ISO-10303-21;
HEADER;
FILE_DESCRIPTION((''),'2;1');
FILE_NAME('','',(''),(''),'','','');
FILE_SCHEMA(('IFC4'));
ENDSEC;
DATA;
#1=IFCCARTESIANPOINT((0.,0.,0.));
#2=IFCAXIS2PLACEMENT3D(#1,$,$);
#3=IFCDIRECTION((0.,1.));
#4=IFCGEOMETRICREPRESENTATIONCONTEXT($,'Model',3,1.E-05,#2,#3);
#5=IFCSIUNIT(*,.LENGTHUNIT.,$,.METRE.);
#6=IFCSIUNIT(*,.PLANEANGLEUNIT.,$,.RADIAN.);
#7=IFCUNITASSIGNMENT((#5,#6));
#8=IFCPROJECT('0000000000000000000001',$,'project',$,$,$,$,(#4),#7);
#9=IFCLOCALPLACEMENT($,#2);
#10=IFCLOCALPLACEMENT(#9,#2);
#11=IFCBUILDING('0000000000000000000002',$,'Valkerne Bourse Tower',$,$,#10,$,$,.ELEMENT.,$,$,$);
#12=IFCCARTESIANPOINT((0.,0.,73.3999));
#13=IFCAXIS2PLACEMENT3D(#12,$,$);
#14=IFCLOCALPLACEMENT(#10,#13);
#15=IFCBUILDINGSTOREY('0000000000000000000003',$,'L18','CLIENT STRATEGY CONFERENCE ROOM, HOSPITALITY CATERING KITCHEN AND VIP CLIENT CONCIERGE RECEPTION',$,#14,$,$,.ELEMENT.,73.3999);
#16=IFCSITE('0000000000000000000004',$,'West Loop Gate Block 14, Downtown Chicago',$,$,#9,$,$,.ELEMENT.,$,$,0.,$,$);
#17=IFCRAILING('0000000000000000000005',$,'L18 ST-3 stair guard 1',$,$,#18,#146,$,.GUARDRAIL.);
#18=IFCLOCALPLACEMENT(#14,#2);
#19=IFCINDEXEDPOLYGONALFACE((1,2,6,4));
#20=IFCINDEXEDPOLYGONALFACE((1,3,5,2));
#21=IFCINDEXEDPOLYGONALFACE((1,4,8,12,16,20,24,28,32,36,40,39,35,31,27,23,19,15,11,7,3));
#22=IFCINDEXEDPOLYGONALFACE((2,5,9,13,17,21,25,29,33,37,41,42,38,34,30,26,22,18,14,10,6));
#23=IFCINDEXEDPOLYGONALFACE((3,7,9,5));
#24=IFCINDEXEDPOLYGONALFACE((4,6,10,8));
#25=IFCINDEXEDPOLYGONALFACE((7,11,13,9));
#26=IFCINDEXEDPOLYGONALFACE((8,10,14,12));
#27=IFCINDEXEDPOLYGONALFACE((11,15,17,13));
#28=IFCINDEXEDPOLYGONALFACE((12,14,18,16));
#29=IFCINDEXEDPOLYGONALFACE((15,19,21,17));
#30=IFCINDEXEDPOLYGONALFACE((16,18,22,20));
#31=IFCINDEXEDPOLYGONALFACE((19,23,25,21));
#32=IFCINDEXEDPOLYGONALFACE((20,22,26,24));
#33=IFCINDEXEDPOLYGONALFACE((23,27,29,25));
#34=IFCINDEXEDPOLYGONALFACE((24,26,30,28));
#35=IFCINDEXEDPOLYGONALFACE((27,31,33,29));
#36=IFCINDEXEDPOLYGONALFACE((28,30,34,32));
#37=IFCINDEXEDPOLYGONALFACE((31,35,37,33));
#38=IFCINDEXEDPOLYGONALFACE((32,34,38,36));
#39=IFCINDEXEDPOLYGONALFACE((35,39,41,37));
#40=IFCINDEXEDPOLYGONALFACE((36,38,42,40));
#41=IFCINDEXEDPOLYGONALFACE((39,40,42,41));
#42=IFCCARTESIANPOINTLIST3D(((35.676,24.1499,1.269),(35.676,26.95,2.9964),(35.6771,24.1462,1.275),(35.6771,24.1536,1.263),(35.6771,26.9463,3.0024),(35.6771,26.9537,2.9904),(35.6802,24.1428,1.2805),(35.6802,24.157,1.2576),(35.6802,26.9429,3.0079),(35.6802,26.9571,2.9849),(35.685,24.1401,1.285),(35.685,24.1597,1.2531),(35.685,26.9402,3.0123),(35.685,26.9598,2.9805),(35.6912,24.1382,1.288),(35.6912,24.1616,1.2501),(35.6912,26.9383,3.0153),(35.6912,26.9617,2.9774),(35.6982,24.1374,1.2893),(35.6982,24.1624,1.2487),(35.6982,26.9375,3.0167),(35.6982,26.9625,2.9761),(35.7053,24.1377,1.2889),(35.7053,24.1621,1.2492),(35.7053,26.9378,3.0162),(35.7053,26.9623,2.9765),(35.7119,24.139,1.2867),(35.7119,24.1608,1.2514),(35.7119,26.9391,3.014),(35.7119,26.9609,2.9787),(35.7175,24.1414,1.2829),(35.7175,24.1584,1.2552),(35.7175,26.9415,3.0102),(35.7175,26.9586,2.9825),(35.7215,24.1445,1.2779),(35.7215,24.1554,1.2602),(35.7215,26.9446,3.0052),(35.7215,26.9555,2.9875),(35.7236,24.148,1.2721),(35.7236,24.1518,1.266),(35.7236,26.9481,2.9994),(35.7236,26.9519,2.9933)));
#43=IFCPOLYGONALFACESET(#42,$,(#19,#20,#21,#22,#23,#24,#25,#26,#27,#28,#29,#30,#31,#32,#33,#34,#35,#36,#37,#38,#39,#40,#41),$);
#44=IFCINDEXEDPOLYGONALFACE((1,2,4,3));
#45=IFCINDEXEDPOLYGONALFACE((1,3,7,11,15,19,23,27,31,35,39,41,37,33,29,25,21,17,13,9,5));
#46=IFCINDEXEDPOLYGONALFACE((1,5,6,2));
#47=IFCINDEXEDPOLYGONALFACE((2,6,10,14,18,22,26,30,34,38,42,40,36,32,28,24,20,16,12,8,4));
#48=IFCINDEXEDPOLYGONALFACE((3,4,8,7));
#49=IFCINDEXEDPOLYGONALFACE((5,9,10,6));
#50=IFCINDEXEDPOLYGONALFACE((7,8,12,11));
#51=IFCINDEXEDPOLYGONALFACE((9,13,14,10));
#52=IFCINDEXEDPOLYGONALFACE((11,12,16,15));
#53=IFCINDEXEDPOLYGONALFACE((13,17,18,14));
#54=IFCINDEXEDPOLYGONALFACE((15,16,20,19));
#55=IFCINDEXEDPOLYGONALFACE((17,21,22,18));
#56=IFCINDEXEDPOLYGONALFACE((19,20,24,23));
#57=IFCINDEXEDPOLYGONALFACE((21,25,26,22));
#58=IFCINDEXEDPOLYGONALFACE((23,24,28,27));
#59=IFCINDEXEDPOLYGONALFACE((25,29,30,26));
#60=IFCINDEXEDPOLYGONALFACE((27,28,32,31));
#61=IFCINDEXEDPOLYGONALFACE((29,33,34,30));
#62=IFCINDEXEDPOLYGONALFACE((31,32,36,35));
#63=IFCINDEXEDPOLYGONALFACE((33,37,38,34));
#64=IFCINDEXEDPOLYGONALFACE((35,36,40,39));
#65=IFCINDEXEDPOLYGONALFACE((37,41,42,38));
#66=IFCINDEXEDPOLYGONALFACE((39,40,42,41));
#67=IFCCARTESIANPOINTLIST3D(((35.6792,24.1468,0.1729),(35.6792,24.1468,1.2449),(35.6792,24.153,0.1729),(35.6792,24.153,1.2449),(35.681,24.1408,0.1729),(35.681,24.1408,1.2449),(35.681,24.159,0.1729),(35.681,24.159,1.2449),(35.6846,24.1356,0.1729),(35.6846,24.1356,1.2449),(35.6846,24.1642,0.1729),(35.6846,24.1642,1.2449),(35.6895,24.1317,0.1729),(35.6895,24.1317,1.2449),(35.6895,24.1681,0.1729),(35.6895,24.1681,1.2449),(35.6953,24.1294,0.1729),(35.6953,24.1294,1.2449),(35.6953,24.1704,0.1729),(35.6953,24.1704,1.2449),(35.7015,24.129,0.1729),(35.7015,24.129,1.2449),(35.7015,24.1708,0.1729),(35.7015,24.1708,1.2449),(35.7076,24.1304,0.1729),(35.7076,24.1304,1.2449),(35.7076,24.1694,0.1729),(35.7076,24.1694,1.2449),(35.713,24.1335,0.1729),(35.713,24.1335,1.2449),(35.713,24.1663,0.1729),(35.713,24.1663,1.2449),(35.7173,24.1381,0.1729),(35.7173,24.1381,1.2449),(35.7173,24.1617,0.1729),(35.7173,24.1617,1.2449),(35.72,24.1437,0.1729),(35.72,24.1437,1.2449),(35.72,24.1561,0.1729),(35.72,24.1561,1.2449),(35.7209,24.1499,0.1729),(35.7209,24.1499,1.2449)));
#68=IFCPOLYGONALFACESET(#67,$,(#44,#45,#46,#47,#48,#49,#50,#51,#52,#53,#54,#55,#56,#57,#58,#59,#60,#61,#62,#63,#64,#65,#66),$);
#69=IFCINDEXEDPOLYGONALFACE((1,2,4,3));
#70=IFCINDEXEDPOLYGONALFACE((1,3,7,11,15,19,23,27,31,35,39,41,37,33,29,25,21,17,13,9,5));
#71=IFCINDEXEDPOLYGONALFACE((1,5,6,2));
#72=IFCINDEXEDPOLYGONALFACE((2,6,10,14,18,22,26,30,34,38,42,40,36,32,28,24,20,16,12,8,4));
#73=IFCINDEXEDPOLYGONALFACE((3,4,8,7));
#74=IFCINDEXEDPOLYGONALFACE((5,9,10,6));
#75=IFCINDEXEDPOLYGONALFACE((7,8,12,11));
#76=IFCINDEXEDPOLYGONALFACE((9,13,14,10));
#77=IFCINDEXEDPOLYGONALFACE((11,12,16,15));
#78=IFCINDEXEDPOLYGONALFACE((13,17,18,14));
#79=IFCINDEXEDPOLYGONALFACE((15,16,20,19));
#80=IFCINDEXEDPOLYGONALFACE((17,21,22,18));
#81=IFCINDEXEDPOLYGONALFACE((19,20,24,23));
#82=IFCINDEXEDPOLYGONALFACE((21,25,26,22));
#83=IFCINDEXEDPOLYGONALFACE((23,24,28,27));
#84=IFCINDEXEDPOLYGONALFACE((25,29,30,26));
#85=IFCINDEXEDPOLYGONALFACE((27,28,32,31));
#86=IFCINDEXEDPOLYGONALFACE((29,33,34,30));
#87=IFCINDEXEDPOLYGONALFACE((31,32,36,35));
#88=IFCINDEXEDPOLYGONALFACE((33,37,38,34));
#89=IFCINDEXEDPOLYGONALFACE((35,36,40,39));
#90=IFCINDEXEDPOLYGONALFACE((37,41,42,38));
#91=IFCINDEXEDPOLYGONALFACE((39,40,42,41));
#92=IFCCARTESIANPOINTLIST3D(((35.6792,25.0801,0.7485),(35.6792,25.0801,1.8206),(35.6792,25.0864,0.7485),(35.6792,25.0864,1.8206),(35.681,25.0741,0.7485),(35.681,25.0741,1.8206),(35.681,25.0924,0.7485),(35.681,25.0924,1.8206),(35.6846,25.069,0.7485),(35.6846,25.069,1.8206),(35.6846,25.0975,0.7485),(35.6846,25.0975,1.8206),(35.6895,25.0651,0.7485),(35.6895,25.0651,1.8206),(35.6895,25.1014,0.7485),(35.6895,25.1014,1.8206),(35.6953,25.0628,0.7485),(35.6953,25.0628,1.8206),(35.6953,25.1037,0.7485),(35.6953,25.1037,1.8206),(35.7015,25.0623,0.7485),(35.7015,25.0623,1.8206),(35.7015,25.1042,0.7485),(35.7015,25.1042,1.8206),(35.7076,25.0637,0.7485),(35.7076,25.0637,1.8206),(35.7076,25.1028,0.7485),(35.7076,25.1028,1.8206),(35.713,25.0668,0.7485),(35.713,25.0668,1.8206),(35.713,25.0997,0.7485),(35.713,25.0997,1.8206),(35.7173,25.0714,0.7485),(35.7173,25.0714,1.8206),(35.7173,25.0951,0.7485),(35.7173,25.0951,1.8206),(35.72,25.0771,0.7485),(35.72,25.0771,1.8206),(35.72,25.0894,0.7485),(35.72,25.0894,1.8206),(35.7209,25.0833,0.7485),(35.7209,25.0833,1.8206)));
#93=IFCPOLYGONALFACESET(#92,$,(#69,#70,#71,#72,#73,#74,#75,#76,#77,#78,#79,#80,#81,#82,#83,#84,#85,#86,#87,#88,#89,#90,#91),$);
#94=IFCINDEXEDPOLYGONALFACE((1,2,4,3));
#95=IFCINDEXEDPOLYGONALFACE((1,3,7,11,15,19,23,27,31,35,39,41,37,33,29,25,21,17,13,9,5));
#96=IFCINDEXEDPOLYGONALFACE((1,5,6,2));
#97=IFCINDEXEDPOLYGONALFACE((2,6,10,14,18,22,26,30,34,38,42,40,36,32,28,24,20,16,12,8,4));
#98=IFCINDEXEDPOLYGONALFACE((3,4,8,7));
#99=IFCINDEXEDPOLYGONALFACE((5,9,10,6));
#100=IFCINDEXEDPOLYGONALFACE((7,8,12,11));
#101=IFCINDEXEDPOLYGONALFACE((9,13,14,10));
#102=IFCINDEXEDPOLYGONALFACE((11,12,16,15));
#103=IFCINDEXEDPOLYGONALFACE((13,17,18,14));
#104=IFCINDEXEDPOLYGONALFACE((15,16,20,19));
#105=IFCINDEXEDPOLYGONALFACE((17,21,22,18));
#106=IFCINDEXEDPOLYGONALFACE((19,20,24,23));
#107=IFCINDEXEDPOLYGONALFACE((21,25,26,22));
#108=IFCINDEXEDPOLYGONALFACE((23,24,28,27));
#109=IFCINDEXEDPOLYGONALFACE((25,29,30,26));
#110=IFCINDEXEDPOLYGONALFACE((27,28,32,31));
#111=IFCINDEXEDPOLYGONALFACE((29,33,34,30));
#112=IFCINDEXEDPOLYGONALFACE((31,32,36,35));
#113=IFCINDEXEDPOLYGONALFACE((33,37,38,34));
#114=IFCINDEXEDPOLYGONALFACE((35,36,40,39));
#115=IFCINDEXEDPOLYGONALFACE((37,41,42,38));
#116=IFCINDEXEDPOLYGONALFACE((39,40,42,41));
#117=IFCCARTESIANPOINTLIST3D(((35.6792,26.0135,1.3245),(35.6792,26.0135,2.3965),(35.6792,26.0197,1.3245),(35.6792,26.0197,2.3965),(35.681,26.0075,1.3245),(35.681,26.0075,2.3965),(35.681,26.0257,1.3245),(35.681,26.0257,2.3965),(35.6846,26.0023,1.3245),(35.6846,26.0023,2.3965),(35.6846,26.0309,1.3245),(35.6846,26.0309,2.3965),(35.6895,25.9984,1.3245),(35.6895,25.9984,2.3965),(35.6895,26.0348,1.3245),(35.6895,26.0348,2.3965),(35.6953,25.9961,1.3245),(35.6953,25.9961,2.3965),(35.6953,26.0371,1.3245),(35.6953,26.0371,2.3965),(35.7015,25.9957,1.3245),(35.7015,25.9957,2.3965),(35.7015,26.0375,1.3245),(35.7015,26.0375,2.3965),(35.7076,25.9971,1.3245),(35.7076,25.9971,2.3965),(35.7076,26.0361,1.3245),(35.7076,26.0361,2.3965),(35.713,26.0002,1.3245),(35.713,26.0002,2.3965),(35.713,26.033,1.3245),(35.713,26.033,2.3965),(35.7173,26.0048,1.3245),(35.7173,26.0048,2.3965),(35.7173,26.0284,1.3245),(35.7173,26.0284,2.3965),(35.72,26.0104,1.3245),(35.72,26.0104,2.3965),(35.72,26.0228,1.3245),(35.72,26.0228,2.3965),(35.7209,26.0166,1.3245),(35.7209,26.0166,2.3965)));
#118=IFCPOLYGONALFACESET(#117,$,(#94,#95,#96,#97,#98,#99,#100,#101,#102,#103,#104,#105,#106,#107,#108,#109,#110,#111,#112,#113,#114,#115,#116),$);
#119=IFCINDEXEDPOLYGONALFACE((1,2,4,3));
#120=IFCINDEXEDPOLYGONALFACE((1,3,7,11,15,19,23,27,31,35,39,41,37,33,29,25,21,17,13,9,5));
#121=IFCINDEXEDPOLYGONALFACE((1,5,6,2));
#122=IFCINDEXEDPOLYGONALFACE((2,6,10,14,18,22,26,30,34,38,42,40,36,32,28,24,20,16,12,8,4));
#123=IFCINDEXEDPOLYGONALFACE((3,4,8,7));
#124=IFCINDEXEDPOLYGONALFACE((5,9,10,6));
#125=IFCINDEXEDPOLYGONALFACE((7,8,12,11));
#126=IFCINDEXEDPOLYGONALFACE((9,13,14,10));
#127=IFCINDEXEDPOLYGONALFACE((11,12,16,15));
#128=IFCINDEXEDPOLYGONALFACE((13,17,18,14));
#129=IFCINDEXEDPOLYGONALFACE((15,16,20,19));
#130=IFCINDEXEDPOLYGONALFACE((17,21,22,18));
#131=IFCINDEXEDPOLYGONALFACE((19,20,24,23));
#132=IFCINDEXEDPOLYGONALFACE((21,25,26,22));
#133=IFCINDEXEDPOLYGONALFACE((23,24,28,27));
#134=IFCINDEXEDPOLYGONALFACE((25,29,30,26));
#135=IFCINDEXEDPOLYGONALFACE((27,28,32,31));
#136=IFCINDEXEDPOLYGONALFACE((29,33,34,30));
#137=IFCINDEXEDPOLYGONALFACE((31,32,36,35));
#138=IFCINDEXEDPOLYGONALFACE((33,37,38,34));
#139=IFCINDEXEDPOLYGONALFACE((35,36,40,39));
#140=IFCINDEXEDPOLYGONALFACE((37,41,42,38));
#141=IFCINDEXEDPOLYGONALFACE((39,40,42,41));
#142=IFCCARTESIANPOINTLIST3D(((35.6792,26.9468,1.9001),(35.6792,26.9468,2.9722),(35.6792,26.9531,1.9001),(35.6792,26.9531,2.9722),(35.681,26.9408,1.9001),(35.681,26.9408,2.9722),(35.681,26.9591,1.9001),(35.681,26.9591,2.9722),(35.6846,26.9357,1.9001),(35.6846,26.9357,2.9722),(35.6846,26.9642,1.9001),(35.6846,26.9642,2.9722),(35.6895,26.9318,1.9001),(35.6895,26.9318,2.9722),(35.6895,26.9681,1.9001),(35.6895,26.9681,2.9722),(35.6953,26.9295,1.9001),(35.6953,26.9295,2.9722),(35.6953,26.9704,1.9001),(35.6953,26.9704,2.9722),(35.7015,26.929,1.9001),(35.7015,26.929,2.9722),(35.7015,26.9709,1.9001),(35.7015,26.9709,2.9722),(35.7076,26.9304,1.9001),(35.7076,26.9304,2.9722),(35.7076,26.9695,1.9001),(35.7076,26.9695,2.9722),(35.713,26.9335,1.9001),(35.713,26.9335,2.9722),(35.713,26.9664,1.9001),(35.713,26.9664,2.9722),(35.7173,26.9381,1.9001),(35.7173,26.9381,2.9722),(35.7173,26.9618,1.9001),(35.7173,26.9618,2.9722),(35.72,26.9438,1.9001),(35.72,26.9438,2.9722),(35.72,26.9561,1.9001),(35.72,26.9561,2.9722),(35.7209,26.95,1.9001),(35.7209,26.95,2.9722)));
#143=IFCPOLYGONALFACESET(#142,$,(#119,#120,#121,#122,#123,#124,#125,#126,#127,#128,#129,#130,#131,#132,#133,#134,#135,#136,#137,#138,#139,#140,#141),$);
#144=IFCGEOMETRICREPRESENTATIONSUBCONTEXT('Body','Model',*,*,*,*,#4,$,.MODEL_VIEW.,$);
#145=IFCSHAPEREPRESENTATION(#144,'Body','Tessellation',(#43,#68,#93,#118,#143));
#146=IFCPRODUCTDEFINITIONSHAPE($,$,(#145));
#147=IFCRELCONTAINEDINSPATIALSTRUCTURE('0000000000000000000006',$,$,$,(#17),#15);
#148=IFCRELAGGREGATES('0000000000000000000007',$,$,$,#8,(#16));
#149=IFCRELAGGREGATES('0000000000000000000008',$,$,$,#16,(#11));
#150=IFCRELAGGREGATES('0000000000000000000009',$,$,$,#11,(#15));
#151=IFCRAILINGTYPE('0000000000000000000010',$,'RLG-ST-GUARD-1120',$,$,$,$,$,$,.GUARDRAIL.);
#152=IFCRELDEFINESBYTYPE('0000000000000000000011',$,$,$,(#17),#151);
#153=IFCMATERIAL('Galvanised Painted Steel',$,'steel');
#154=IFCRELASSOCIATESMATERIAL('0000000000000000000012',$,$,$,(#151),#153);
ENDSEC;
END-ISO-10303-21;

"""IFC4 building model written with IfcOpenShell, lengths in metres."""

from ifc_helpers import new_model, si_unit, direction, frame, origin, origin_2d, place, context, subcontext, project, spatial, circle, extrude, material, type_object, element, save


model = new_model("IFC4")

# Units and contexts
model_context = context("Model", 3, precision=1e-05, world=origin(), true_north=direction((0.0, 1.0)))
body_context = subcontext(model_context, "Body", "Model", "MODEL_VIEW")
ifc_project = project(units=[si_unit("LENGTHUNIT", "METRE"), si_unit("PLANEANGLEUNIT", "RADIAN")], contexts=[model_context])

# Site, building, storey
site_placement = place(None, origin())
site = spatial("IfcSite", under=ifc_project, at=site_placement, Name="West Loop Gate Block 14, Downtown Chicago", CompositionType="ELEMENT", RefElevation=0.0)
building_placement = place(site_placement, origin())
building = spatial("IfcBuilding", under=site, at=building_placement, Name="Valkerne Bourse Tower", CompositionType="ELEMENT")
storey_placement = place(building_placement, frame((0.0, 0.0, 73.3999)))
storey = spatial("IfcBuildingStorey", under=building, at=storey_placement, Name="L18", Description="CLIENT STRATEGY CONFERENCE ROOM, HOSPITALITY CATERING KITCHEN AND VIP CLIENT CONCIERGE RECEPTION", CompositionType="ELEMENT", Elevation=73.3999)

# Shared definitions
ifc_material_1 = material(Name="Galvanised Painted Steel", Category="steel")

# Railing
railing_type = type_object("IfcRailingType", Name="RLG-ST-GUARD-1120", PredefinedType="GUARDRAIL", material=ifc_material_1)
railing_1_placement = place(storey_placement, frame((35.7, 24.1499, 0.1729)))
element("IfcRailing", 1, at=railing_1_placement, inside=storey, type_object=railing_type, Name="L18 ST-3 stair guard 1", PredefinedType="GUARDRAIL", context=body_context, shape_type="SweptSolid", body=[
    extrude(circle(Radius=0.0239, at=origin_2d()), frame((0.0, 0.0, 1.0962), z_axis=(0.0, 0.85109, 0.52502), x_axis=(-1.0, 0.0, 0.0)), (0.0, 0.0, 1.0), 3.29),
    extrude(circle(Radius=0.021, at=origin_2d()), origin(), (0.0, 0.0, 1.0), 1.072),
    extrude(circle(Radius=0.021, at=origin_2d()), frame((0.0, 0.9333, 0.5757)), (0.0, 0.0, 1.0), 1.072),
    extrude(circle(Radius=0.021, at=origin_2d()), frame((0.0, 1.8667, 1.1516)), (0.0, 0.0, 1.0), 1.072),
    extrude(circle(Radius=0.021, at=origin_2d()), frame((0.0, 2.8, 1.7273)), (0.0, 0.0, 1.0), 1.072),
])

save(model, "model.ifc")
